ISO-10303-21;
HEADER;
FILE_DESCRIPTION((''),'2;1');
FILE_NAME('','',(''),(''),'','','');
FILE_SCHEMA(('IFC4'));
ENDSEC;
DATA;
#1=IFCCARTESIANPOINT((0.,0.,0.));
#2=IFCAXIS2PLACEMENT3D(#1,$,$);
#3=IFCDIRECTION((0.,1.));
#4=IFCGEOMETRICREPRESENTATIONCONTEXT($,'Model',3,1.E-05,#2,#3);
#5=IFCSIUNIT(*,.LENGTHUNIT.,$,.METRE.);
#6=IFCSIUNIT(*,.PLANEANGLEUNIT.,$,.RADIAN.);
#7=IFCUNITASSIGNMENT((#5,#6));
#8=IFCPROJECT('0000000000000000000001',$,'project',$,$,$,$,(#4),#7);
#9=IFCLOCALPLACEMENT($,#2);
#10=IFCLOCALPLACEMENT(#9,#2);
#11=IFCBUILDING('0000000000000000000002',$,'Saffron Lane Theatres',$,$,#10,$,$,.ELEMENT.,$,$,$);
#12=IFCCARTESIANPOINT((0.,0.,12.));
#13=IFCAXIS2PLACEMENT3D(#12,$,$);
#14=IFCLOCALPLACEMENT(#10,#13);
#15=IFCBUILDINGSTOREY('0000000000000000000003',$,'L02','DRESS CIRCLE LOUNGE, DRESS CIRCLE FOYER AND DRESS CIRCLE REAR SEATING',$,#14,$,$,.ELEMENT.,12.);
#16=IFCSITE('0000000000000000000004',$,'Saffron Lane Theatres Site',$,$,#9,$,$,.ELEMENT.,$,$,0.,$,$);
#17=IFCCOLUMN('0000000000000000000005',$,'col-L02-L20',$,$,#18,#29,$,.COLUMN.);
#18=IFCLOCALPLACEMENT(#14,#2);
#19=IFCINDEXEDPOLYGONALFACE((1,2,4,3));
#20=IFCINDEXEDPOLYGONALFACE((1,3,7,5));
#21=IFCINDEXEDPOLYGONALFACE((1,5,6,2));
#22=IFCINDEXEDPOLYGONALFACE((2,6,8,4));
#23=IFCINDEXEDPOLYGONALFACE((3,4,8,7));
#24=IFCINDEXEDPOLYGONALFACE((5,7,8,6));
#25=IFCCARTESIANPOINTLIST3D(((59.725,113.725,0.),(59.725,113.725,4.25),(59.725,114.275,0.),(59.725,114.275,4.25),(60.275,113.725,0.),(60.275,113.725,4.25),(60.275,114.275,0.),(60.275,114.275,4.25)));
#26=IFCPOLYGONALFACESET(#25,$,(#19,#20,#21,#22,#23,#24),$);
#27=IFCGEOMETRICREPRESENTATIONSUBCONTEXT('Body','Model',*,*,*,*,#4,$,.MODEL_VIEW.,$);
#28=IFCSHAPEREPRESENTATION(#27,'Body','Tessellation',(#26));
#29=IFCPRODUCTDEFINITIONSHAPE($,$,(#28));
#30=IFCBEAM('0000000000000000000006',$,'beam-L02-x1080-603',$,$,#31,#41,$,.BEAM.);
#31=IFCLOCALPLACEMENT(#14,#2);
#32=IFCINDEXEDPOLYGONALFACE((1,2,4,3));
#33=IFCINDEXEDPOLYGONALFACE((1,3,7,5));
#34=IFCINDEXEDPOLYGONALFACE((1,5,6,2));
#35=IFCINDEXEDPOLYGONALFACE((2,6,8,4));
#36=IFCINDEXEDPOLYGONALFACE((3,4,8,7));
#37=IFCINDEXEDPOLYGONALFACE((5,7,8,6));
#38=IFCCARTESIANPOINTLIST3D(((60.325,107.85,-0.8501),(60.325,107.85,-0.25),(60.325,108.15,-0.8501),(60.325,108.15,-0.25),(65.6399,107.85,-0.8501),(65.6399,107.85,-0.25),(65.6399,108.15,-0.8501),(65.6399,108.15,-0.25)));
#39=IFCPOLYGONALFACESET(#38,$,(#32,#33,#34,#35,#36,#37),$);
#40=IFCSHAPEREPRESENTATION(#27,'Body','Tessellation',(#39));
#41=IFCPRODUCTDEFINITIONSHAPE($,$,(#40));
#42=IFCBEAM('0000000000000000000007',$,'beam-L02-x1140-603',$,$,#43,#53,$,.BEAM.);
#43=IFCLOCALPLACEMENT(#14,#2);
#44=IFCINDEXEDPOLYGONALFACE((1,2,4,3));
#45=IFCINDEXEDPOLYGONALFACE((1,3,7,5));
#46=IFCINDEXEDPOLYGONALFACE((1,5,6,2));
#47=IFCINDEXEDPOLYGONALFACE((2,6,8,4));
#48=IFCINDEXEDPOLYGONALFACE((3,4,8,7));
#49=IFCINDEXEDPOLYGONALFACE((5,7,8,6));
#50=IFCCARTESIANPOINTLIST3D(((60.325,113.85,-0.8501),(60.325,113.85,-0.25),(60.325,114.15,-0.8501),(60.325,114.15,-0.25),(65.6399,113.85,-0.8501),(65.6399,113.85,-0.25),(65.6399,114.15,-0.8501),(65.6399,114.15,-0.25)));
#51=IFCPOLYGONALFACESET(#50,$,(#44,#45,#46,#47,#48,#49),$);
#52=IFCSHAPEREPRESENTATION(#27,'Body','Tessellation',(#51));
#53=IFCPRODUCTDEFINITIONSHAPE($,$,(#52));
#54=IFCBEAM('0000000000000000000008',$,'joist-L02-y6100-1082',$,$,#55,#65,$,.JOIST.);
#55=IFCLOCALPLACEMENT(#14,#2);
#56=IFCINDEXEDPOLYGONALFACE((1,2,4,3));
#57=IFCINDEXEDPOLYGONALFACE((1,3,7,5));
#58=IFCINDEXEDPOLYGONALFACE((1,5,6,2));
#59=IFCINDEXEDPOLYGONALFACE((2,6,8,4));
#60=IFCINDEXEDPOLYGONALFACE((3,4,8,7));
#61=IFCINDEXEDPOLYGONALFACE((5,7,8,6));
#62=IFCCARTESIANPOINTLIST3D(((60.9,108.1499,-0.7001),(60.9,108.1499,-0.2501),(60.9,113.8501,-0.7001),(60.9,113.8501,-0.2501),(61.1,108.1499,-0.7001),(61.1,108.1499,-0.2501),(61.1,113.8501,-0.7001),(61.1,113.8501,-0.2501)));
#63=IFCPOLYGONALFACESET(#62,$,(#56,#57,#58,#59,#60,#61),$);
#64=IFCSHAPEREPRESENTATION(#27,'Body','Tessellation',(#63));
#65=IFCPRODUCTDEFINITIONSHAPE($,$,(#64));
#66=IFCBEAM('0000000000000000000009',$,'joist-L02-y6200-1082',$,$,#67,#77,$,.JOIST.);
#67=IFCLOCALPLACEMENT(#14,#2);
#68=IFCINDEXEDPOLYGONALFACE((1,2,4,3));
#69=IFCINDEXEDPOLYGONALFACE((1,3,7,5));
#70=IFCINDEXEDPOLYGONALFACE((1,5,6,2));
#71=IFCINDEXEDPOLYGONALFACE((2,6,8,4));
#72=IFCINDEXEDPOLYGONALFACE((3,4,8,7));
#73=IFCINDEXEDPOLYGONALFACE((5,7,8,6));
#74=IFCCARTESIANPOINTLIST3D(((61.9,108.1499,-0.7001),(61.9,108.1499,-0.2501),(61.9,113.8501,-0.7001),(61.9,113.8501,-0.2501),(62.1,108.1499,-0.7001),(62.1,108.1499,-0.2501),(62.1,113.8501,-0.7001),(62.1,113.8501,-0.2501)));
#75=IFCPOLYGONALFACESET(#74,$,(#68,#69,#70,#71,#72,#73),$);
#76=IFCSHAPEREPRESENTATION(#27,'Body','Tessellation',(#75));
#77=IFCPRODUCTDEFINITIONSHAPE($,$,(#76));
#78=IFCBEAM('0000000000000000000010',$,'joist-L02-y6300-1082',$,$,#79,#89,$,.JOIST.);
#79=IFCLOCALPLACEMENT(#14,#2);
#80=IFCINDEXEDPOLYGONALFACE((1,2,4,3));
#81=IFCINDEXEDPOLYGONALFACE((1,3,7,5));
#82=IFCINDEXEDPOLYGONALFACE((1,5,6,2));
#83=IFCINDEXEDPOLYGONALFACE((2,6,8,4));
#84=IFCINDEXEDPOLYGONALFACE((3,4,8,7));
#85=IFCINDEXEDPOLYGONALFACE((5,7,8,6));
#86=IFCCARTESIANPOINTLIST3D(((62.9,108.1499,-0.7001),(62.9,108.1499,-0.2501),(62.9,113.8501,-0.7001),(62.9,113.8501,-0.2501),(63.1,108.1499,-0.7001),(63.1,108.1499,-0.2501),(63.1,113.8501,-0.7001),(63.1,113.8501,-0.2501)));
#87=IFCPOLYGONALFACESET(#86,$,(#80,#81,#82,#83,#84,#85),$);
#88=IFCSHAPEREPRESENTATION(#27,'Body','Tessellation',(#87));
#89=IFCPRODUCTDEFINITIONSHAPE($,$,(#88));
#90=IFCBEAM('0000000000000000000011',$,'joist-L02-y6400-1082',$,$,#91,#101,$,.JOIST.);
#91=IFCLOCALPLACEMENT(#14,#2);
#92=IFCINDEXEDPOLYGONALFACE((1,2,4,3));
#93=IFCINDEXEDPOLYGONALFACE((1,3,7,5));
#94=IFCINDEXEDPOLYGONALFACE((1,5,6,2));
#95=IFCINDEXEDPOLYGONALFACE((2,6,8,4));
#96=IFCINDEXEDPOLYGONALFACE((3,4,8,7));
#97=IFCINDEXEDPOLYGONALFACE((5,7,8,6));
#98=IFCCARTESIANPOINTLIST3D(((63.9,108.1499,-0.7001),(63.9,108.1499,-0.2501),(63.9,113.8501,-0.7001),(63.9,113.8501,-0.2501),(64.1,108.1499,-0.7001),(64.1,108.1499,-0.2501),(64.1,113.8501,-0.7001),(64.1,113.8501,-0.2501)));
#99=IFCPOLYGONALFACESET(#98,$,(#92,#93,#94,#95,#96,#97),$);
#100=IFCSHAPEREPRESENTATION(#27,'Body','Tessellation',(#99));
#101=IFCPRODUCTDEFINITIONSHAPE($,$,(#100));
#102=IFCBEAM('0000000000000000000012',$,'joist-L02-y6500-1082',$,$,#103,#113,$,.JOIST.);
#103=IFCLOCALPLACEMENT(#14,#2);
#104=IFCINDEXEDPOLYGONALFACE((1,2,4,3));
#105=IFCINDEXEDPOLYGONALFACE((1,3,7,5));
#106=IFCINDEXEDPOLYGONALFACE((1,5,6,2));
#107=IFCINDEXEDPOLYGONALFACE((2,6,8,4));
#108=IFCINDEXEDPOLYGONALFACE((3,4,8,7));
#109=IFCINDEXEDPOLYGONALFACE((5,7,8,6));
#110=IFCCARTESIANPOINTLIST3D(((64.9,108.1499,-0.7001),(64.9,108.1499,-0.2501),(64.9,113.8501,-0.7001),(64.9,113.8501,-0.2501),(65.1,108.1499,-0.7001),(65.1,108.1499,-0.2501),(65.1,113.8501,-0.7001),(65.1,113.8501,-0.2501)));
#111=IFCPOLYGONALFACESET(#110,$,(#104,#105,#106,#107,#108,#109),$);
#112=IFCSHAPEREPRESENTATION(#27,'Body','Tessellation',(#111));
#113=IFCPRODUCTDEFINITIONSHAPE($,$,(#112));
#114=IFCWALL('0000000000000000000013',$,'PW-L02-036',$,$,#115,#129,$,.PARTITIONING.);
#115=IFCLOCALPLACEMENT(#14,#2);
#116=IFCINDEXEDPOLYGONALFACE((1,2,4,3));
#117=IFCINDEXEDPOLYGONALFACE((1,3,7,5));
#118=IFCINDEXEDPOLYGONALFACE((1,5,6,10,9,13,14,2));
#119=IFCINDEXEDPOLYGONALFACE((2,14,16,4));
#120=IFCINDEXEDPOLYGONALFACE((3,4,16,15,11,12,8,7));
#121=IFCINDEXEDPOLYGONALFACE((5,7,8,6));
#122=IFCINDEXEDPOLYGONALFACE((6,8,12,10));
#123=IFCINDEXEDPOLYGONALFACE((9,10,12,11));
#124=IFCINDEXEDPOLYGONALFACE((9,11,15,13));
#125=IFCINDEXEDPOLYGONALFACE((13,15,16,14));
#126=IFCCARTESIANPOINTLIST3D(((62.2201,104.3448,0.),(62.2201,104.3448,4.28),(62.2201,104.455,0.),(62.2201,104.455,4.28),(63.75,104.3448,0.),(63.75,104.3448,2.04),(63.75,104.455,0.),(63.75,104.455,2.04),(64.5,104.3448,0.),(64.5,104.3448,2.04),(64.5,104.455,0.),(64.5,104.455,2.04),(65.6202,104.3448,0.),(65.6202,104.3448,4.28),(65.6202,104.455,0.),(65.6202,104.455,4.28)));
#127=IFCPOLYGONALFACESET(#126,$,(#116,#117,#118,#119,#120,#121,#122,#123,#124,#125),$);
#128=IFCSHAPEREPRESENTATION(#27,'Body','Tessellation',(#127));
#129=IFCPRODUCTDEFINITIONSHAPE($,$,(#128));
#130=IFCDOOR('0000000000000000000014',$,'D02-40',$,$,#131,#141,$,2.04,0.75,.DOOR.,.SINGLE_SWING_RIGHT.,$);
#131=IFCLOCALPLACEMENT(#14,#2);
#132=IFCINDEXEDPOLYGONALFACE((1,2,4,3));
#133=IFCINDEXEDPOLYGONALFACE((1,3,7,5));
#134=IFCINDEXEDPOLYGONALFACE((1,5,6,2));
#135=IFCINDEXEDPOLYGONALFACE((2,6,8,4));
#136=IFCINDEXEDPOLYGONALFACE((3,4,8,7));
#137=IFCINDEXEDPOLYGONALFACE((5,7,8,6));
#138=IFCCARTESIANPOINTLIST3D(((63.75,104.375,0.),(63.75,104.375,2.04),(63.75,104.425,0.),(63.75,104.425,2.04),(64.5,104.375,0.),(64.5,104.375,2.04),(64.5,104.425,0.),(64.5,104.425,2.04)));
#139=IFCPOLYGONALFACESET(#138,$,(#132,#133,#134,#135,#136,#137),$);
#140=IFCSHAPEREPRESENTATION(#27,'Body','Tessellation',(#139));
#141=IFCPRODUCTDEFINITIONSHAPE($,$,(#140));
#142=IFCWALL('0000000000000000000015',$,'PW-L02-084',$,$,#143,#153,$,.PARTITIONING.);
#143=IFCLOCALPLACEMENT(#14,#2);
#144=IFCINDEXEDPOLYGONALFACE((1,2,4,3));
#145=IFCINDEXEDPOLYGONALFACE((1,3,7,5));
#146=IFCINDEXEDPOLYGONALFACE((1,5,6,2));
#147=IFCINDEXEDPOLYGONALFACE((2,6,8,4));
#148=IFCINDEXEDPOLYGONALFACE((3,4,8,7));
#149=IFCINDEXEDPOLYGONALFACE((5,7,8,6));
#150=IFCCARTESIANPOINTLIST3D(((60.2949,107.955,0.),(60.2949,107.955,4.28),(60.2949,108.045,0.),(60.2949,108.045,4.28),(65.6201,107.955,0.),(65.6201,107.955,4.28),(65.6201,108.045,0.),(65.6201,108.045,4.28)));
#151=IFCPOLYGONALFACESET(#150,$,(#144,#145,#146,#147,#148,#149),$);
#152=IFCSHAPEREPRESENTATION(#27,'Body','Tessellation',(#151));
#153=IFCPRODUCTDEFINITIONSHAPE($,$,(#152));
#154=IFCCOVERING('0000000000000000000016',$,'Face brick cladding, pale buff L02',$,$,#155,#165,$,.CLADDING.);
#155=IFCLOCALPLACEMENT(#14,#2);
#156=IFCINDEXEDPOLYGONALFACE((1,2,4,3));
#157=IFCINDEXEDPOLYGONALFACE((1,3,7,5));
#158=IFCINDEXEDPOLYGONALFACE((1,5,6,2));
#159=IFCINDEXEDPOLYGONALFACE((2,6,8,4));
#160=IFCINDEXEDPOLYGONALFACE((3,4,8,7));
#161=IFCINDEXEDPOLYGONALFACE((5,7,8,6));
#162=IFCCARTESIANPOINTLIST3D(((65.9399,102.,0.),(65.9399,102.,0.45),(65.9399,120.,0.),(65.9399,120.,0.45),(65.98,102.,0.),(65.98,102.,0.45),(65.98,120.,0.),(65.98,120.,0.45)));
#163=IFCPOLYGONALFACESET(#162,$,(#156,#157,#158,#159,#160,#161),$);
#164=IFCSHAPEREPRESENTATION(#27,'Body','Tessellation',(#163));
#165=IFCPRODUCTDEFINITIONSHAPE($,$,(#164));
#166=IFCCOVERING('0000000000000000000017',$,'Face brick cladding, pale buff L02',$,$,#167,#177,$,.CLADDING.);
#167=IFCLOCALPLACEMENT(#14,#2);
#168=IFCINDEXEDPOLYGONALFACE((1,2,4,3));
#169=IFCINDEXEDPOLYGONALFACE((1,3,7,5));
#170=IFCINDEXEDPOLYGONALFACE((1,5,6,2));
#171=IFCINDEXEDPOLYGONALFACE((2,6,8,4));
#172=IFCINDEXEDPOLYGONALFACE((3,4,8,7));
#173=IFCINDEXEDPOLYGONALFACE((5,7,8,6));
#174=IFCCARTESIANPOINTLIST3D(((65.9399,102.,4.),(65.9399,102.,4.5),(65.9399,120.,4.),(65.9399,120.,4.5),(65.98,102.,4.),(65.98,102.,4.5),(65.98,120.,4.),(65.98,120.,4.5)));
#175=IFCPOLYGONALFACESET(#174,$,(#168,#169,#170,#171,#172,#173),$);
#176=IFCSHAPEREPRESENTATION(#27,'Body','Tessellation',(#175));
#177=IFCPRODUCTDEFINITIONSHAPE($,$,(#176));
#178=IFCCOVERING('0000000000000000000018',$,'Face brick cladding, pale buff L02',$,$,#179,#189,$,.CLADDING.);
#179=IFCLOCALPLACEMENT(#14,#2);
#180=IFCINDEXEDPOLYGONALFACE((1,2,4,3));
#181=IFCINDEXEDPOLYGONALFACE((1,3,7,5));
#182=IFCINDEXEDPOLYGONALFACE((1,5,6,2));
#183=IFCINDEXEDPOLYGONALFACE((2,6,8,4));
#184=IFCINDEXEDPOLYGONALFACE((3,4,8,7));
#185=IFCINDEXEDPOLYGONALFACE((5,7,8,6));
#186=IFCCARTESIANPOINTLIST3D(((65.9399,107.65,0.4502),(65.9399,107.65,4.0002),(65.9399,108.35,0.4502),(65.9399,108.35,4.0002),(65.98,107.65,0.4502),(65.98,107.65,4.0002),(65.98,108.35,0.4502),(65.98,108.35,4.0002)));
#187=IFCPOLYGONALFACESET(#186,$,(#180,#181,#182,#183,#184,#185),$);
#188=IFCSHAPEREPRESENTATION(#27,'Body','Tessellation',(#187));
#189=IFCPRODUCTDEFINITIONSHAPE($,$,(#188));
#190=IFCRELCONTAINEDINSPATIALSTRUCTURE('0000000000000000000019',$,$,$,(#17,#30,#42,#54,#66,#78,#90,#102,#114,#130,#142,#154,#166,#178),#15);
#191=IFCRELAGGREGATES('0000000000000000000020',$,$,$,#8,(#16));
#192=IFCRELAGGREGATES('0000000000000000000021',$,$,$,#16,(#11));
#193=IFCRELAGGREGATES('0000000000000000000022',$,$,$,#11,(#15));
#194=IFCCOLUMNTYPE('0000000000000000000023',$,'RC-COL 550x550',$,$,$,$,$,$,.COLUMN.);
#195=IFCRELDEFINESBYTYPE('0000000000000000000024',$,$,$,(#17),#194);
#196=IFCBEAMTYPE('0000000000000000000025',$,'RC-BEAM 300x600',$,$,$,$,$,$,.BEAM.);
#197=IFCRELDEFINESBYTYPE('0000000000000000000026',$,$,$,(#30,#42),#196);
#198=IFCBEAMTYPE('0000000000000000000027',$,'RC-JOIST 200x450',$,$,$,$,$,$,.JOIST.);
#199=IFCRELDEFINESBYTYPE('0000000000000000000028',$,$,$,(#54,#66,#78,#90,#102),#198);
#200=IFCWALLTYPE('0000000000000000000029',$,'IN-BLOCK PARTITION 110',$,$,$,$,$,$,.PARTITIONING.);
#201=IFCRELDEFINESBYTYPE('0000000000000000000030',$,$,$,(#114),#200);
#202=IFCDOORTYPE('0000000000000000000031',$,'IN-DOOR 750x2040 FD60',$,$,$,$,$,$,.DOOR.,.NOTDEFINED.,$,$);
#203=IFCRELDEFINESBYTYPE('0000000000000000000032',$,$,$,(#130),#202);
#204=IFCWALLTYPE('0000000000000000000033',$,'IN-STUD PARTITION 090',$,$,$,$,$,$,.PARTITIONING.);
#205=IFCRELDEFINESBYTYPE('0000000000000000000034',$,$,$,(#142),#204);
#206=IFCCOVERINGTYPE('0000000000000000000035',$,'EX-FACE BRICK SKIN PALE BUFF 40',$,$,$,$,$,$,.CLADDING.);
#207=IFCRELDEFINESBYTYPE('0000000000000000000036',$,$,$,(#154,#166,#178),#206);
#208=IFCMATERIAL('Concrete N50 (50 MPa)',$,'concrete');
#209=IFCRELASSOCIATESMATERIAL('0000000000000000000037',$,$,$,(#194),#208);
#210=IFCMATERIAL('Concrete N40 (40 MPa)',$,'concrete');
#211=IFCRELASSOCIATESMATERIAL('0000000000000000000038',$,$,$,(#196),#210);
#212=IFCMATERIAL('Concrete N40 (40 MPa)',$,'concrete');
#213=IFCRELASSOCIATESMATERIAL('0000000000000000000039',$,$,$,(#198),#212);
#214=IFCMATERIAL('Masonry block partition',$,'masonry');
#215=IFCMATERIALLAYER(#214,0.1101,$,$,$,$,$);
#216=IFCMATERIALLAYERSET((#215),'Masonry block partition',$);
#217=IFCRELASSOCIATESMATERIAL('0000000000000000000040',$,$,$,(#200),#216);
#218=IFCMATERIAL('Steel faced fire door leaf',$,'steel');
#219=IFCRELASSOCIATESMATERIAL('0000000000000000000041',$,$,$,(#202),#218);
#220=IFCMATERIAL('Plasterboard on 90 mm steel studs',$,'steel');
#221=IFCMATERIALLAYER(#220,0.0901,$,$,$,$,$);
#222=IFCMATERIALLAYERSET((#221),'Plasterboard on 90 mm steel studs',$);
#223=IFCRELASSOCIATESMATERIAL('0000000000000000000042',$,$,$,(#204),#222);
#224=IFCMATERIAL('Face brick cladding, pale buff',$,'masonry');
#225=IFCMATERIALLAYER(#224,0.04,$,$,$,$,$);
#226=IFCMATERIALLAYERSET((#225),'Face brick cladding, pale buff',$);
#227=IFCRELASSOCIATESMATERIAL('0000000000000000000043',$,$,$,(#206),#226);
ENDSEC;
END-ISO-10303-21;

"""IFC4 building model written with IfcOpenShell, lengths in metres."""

from ifc_helpers import new_model, si_unit, direction, frame, frame_2d, origin, origin_2d, place, context, subcontext, project, spatial, rectangle, extrude, material, layer, layer_set, material_profile, profile_set, type_object, element, fill, save


model = new_model("IFC4")

# Units and contexts
model_context = context("Model", 3, precision=1e-05, world=origin(), true_north=direction((0.0, 1.0)))
body_context = subcontext(model_context, "Body", "Model", "MODEL_VIEW")
ifc_project = project(units=[si_unit("LENGTHUNIT", "METRE"), si_unit("PLANEANGLEUNIT", "RADIAN")], contexts=[model_context])

# Site, building, storey
site_placement = place(None, origin())
site = spatial("IfcSite", under=ifc_project, at=site_placement, Name="Saffron Lane Theatres Site", CompositionType="ELEMENT", RefElevation=0.0)
building_placement = place(site_placement, origin())
building = spatial("IfcBuilding", under=site, at=building_placement, Name="Saffron Lane Theatres", CompositionType="ELEMENT")
storey_placement = place(building_placement, frame((0.0, 0.0, 12.0)))
storey = spatial("IfcBuildingStorey", under=building, at=storey_placement, Name="L02", Description="DRESS CIRCLE LOUNGE, DRESS CIRCLE FOYER AND DRESS CIRCLE REAR SEATING", CompositionType="ELEMENT", Elevation=12.0)

# Column
ifc_material_1 = material(Name="Concrete N50 (50 MPa)", Category="concrete")
ifc_material_profile_1 = material_profile(ifc_material_1, rectangle(XDim=0.55, YDim=0.55, at=origin_2d()))
ifc_profile_set_1 = profile_set([ifc_material_profile_1], Name="Concrete N50 (50 MPa)")
column_type = type_object("IfcColumnType", Name="RC-COL 550x550", PredefinedType="COLUMN", material=ifc_profile_set_1)
column_placement = place(storey_placement, frame((60.0, 114.0, 0.0), z_axis=(0.0, 0.0, 1.0), x_axis=(1.0, 0.0, 0.0)))
element("IfcColumn", 1, at=column_placement, inside=storey, type_object=column_type, Name="col-L02-L20", PredefinedType="COLUMN", context=body_context, shape_type="SweptSolid", body=[
    extrude(rectangle(XDim=0.55, YDim=0.55, at=origin_2d()), origin(), (0.0, 0.0, 1.0), 4.25),
])

# Beams
ifc_material_2 = material(Name="Concrete N40 (40 MPa)", Category="concrete")
ifc_material_profile_2 = material_profile(ifc_material_2, rectangle(XDim=0.3, YDim=0.6001, at=origin_2d()))
ifc_profile_set_2 = profile_set([ifc_material_profile_2], Name="Concrete N40 (40 MPa)")
beam_type_1 = type_object("IfcBeamType", Name="RC-BEAM 300x600", PredefinedType="BEAM", material=ifc_profile_set_2)
for number, where, z_axis, x_axis, name in (
    (2, (60.325, 108.0, -0.55), (1.0, 0.0, 0.0), (0.0, 1.0, 0.0), "beam-L02-x1080-603"),
    (3, (60.325, 114.0, -0.55), (1.0, 0.0, 0.0), (0.0, 1.0, 0.0), "beam-L02-x1140-603"),
):
    element("IfcBeam", number, at=place(storey_placement, frame(where, z_axis=z_axis, x_axis=x_axis)), inside=storey, type_object=beam_type_1, Name=name, PredefinedType="BEAM", context=body_context, shape_type="SweptSolid", body=[
        extrude(rectangle(XDim=0.3, YDim=0.6001, at=origin_2d()), origin(), (0.0, 0.0, 1.0), 5.3149),
    ])
ifc_material_3 = material(Name="Concrete N40 (40 MPa)", Category="concrete")
ifc_material_profile_3 = material_profile(ifc_material_3, rectangle(XDim=0.2, YDim=0.45, at=origin_2d()))
ifc_profile_set_3 = profile_set([ifc_material_profile_3], Name="Concrete N40 (40 MPa)")
beam_type_2 = type_object("IfcBeamType", Name="RC-JOIST 200x450", PredefinedType="JOIST", material=ifc_profile_set_3)
for number, where, z_axis, x_axis, name in (
    (4, (61.0, 108.1499, -0.4751), (0.0, 1.0, 0.0), (-1.0, 0.0, 0.0), "joist-L02-y6100-1082"),
    (5, (62.0, 108.1499, -0.4751), (0.0, 1.0, 0.0), (-1.0, 0.0, 0.0), "joist-L02-y6200-1082"),
    (6, (63.0, 108.1499, -0.4751), (0.0, 1.0, 0.0), (-1.0, 0.0, 0.0), "joist-L02-y6300-1082"),
    (7, (64.0, 108.1499, -0.4751), (0.0, 1.0, 0.0), (-1.0, 0.0, 0.0), "joist-L02-y6400-1082"),
    (8, (65.0, 108.1499, -0.4751), (0.0, 1.0, 0.0), (-1.0, 0.0, 0.0), "joist-L02-y6500-1082"),
):
    element("IfcBeam", number, at=place(storey_placement, frame(where, z_axis=z_axis, x_axis=x_axis)), inside=storey, type_object=beam_type_2, Name=name, PredefinedType="JOIST", context=body_context, shape_type="SweptSolid", body=[
        extrude(rectangle(XDim=0.2, YDim=0.45, at=origin_2d()), origin(), (0.0, 0.0, 1.0), 5.7002),
    ])

# Wall, opening, door
ifc_material_4 = material(Name="Masonry block partition", Category="masonry")
ifc_layer_1 = layer(ifc_material_4, 0.1101)
ifc_layer_set_1 = layer_set([ifc_layer_1], Name="Masonry block partition")
wall_type_1 = type_object("IfcWallType", Name="IN-BLOCK PARTITION 110", PredefinedType="PARTITIONING", material=ifc_layer_set_1)
wall_1_placement = place(storey_placement, frame((62.22, 104.3999, 0.0), z_axis=(0.0, 0.0, 1.0), x_axis=(1.0, 0.0, 0.0)))
wall_1 = element("IfcWall", 9, at=wall_1_placement, inside=storey, type_object=wall_type_1, Name="PW-L02-036", PredefinedType="PARTITIONING", context=body_context, shape_type="SweptSolid", body=[
    extrude(rectangle(XDim=3.4001, YDim=0.1101, at=frame_2d((1.7002, 0.0))), origin(), (0.0, 0.0, 1.0), 4.28),
])
opening_placement = place(wall_1_placement, frame((1.53, 0.0, 0.0)))
opening = element("IfcOpeningElement", 10, at=opening_placement, cuts=wall_1, PredefinedType="OPENING", context=body_context, shape_type="SweptSolid", body=[
    extrude(rectangle(XDim=0.75, YDim=2.04, at=frame_2d((0.375, 1.02))), frame((0.0, 0.0649, 0.0), z_axis=(0.0, -1.0, 0.0), x_axis=(1.0, 0.0, 0.0)), (0.0, 0.0, 1.0), 0.1301),
])
ifc_material_5 = material(Name="Steel faced fire door leaf", Category="steel")
door_type = type_object("IfcDoorType", Name="IN-DOOR 750x2040 FD60", OperationType="NOTDEFINED", PredefinedType="DOOR", material=ifc_material_5)
door_placement = place(opening_placement, frame((0.75, 0.0, 0.0), z_axis=(0.0, 0.0, 1.0), x_axis=(-1.0, 0.0, 0.0)))
door = element("IfcDoor", 11, at=door_placement, inside=storey, type_object=door_type, Name="D02-40", OperationType="SINGLE_SWING_RIGHT", OverallHeight=2.04, OverallWidth=0.75, PredefinedType="DOOR", context=body_context, shape_type="SweptSolid", body=[
    extrude(rectangle(XDim=0.75, YDim=2.04, at=frame_2d((0.375, 1.02))), frame((0.0, 0.0249, 0.0), z_axis=(0.0, -1.0, 0.0), x_axis=(1.0, 0.0, 0.0)), (0.0, 0.0, 1.0), 0.05),
])
fill(opening, door)

# Wall
ifc_material_6 = material(Name="Plasterboard on 90 mm steel studs", Category="steel")
ifc_layer_2 = layer(ifc_material_6, 0.0901)
ifc_layer_set_2 = layer_set([ifc_layer_2], Name="Plasterboard on 90 mm steel studs")
wall_type_2 = type_object("IfcWallType", Name="IN-STUD PARTITION 090", PredefinedType="PARTITIONING", material=ifc_layer_set_2)
wall_2_placement = place(storey_placement, frame((60.2949, 108.0, 0.0), z_axis=(0.0, 0.0, 1.0), x_axis=(1.0, 0.0, 0.0)))
element("IfcWall", 12, at=wall_2_placement, inside=storey, type_object=wall_type_2, Name="PW-L02-084", PredefinedType="PARTITIONING", context=body_context, shape_type="SweptSolid", body=[
    extrude(rectangle(XDim=5.3252, YDim=0.0901, at=frame_2d((2.6626, 0.0))), origin(), (0.0, 0.0, 1.0), 4.28),
])

# Coverings
ifc_material_7 = material(Name="Face brick cladding, pale buff", Category="masonry")
ifc_layer_3 = layer(ifc_material_7, 0.04)
ifc_layer_set_3 = layer_set([ifc_layer_3], Name="Face brick cladding, pale buff")
covering_type_1 = type_object("IfcCoveringType", Name="EX-FACE BRICK SKIN PALE BUFF 40", PredefinedType="CLADDING", material=ifc_layer_set_3)
covering_1_placement = place(storey_placement, frame((65.96, 111.0, 0.0), z_axis=(0.0, 0.0, 1.0), x_axis=(0.0, 1.0, 0.0)))
element("IfcCovering", 13, at=covering_1_placement, inside=storey, type_object=covering_type_1, Name="Face brick cladding, pale buff L02", PredefinedType="CLADDING", context=body_context, shape_type="SweptSolid", body=[
    extrude(rectangle(XDim=18.0, YDim=0.04, at=origin_2d()), origin(), (0.0, 0.0, 1.0), 0.45),
])
covering_2_placement = place(storey_placement, frame((65.96, 111.0, 4.0), z_axis=(0.0, 0.0, 1.0), x_axis=(0.0, 1.0, 0.0)))
element("IfcCovering", 14, at=covering_2_placement, inside=storey, type_object=covering_type_1, Name="Face brick cladding, pale buff L02", PredefinedType="CLADDING", context=body_context, shape_type="SweptSolid", body=[
    extrude(rectangle(XDim=18.0, YDim=0.04, at=origin_2d()), origin(), (0.0, 0.0, 1.0), 0.5),
])
for number, where, z_axis, x_axis, name in (
    (15, (65.96, 108.0, 0.4502), (0.0, 0.0, 1.0), (0.0, 1.0, 0.0), "Face brick cladding, pale buff L02"),
):
    element("IfcCovering", number, at=place(storey_placement, frame(where, z_axis=z_axis, x_axis=x_axis)), inside=storey, type_object=covering_type_1, Name=name, PredefinedType="CLADDING", context=body_context, shape_type="SweptSolid", body=[
        extrude(rectangle(XDim=0.7, YDim=0.04, at=origin_2d()), origin(), (0.0, 0.0, 1.0), 3.55),
    ])

save(model, "model.ifc")
